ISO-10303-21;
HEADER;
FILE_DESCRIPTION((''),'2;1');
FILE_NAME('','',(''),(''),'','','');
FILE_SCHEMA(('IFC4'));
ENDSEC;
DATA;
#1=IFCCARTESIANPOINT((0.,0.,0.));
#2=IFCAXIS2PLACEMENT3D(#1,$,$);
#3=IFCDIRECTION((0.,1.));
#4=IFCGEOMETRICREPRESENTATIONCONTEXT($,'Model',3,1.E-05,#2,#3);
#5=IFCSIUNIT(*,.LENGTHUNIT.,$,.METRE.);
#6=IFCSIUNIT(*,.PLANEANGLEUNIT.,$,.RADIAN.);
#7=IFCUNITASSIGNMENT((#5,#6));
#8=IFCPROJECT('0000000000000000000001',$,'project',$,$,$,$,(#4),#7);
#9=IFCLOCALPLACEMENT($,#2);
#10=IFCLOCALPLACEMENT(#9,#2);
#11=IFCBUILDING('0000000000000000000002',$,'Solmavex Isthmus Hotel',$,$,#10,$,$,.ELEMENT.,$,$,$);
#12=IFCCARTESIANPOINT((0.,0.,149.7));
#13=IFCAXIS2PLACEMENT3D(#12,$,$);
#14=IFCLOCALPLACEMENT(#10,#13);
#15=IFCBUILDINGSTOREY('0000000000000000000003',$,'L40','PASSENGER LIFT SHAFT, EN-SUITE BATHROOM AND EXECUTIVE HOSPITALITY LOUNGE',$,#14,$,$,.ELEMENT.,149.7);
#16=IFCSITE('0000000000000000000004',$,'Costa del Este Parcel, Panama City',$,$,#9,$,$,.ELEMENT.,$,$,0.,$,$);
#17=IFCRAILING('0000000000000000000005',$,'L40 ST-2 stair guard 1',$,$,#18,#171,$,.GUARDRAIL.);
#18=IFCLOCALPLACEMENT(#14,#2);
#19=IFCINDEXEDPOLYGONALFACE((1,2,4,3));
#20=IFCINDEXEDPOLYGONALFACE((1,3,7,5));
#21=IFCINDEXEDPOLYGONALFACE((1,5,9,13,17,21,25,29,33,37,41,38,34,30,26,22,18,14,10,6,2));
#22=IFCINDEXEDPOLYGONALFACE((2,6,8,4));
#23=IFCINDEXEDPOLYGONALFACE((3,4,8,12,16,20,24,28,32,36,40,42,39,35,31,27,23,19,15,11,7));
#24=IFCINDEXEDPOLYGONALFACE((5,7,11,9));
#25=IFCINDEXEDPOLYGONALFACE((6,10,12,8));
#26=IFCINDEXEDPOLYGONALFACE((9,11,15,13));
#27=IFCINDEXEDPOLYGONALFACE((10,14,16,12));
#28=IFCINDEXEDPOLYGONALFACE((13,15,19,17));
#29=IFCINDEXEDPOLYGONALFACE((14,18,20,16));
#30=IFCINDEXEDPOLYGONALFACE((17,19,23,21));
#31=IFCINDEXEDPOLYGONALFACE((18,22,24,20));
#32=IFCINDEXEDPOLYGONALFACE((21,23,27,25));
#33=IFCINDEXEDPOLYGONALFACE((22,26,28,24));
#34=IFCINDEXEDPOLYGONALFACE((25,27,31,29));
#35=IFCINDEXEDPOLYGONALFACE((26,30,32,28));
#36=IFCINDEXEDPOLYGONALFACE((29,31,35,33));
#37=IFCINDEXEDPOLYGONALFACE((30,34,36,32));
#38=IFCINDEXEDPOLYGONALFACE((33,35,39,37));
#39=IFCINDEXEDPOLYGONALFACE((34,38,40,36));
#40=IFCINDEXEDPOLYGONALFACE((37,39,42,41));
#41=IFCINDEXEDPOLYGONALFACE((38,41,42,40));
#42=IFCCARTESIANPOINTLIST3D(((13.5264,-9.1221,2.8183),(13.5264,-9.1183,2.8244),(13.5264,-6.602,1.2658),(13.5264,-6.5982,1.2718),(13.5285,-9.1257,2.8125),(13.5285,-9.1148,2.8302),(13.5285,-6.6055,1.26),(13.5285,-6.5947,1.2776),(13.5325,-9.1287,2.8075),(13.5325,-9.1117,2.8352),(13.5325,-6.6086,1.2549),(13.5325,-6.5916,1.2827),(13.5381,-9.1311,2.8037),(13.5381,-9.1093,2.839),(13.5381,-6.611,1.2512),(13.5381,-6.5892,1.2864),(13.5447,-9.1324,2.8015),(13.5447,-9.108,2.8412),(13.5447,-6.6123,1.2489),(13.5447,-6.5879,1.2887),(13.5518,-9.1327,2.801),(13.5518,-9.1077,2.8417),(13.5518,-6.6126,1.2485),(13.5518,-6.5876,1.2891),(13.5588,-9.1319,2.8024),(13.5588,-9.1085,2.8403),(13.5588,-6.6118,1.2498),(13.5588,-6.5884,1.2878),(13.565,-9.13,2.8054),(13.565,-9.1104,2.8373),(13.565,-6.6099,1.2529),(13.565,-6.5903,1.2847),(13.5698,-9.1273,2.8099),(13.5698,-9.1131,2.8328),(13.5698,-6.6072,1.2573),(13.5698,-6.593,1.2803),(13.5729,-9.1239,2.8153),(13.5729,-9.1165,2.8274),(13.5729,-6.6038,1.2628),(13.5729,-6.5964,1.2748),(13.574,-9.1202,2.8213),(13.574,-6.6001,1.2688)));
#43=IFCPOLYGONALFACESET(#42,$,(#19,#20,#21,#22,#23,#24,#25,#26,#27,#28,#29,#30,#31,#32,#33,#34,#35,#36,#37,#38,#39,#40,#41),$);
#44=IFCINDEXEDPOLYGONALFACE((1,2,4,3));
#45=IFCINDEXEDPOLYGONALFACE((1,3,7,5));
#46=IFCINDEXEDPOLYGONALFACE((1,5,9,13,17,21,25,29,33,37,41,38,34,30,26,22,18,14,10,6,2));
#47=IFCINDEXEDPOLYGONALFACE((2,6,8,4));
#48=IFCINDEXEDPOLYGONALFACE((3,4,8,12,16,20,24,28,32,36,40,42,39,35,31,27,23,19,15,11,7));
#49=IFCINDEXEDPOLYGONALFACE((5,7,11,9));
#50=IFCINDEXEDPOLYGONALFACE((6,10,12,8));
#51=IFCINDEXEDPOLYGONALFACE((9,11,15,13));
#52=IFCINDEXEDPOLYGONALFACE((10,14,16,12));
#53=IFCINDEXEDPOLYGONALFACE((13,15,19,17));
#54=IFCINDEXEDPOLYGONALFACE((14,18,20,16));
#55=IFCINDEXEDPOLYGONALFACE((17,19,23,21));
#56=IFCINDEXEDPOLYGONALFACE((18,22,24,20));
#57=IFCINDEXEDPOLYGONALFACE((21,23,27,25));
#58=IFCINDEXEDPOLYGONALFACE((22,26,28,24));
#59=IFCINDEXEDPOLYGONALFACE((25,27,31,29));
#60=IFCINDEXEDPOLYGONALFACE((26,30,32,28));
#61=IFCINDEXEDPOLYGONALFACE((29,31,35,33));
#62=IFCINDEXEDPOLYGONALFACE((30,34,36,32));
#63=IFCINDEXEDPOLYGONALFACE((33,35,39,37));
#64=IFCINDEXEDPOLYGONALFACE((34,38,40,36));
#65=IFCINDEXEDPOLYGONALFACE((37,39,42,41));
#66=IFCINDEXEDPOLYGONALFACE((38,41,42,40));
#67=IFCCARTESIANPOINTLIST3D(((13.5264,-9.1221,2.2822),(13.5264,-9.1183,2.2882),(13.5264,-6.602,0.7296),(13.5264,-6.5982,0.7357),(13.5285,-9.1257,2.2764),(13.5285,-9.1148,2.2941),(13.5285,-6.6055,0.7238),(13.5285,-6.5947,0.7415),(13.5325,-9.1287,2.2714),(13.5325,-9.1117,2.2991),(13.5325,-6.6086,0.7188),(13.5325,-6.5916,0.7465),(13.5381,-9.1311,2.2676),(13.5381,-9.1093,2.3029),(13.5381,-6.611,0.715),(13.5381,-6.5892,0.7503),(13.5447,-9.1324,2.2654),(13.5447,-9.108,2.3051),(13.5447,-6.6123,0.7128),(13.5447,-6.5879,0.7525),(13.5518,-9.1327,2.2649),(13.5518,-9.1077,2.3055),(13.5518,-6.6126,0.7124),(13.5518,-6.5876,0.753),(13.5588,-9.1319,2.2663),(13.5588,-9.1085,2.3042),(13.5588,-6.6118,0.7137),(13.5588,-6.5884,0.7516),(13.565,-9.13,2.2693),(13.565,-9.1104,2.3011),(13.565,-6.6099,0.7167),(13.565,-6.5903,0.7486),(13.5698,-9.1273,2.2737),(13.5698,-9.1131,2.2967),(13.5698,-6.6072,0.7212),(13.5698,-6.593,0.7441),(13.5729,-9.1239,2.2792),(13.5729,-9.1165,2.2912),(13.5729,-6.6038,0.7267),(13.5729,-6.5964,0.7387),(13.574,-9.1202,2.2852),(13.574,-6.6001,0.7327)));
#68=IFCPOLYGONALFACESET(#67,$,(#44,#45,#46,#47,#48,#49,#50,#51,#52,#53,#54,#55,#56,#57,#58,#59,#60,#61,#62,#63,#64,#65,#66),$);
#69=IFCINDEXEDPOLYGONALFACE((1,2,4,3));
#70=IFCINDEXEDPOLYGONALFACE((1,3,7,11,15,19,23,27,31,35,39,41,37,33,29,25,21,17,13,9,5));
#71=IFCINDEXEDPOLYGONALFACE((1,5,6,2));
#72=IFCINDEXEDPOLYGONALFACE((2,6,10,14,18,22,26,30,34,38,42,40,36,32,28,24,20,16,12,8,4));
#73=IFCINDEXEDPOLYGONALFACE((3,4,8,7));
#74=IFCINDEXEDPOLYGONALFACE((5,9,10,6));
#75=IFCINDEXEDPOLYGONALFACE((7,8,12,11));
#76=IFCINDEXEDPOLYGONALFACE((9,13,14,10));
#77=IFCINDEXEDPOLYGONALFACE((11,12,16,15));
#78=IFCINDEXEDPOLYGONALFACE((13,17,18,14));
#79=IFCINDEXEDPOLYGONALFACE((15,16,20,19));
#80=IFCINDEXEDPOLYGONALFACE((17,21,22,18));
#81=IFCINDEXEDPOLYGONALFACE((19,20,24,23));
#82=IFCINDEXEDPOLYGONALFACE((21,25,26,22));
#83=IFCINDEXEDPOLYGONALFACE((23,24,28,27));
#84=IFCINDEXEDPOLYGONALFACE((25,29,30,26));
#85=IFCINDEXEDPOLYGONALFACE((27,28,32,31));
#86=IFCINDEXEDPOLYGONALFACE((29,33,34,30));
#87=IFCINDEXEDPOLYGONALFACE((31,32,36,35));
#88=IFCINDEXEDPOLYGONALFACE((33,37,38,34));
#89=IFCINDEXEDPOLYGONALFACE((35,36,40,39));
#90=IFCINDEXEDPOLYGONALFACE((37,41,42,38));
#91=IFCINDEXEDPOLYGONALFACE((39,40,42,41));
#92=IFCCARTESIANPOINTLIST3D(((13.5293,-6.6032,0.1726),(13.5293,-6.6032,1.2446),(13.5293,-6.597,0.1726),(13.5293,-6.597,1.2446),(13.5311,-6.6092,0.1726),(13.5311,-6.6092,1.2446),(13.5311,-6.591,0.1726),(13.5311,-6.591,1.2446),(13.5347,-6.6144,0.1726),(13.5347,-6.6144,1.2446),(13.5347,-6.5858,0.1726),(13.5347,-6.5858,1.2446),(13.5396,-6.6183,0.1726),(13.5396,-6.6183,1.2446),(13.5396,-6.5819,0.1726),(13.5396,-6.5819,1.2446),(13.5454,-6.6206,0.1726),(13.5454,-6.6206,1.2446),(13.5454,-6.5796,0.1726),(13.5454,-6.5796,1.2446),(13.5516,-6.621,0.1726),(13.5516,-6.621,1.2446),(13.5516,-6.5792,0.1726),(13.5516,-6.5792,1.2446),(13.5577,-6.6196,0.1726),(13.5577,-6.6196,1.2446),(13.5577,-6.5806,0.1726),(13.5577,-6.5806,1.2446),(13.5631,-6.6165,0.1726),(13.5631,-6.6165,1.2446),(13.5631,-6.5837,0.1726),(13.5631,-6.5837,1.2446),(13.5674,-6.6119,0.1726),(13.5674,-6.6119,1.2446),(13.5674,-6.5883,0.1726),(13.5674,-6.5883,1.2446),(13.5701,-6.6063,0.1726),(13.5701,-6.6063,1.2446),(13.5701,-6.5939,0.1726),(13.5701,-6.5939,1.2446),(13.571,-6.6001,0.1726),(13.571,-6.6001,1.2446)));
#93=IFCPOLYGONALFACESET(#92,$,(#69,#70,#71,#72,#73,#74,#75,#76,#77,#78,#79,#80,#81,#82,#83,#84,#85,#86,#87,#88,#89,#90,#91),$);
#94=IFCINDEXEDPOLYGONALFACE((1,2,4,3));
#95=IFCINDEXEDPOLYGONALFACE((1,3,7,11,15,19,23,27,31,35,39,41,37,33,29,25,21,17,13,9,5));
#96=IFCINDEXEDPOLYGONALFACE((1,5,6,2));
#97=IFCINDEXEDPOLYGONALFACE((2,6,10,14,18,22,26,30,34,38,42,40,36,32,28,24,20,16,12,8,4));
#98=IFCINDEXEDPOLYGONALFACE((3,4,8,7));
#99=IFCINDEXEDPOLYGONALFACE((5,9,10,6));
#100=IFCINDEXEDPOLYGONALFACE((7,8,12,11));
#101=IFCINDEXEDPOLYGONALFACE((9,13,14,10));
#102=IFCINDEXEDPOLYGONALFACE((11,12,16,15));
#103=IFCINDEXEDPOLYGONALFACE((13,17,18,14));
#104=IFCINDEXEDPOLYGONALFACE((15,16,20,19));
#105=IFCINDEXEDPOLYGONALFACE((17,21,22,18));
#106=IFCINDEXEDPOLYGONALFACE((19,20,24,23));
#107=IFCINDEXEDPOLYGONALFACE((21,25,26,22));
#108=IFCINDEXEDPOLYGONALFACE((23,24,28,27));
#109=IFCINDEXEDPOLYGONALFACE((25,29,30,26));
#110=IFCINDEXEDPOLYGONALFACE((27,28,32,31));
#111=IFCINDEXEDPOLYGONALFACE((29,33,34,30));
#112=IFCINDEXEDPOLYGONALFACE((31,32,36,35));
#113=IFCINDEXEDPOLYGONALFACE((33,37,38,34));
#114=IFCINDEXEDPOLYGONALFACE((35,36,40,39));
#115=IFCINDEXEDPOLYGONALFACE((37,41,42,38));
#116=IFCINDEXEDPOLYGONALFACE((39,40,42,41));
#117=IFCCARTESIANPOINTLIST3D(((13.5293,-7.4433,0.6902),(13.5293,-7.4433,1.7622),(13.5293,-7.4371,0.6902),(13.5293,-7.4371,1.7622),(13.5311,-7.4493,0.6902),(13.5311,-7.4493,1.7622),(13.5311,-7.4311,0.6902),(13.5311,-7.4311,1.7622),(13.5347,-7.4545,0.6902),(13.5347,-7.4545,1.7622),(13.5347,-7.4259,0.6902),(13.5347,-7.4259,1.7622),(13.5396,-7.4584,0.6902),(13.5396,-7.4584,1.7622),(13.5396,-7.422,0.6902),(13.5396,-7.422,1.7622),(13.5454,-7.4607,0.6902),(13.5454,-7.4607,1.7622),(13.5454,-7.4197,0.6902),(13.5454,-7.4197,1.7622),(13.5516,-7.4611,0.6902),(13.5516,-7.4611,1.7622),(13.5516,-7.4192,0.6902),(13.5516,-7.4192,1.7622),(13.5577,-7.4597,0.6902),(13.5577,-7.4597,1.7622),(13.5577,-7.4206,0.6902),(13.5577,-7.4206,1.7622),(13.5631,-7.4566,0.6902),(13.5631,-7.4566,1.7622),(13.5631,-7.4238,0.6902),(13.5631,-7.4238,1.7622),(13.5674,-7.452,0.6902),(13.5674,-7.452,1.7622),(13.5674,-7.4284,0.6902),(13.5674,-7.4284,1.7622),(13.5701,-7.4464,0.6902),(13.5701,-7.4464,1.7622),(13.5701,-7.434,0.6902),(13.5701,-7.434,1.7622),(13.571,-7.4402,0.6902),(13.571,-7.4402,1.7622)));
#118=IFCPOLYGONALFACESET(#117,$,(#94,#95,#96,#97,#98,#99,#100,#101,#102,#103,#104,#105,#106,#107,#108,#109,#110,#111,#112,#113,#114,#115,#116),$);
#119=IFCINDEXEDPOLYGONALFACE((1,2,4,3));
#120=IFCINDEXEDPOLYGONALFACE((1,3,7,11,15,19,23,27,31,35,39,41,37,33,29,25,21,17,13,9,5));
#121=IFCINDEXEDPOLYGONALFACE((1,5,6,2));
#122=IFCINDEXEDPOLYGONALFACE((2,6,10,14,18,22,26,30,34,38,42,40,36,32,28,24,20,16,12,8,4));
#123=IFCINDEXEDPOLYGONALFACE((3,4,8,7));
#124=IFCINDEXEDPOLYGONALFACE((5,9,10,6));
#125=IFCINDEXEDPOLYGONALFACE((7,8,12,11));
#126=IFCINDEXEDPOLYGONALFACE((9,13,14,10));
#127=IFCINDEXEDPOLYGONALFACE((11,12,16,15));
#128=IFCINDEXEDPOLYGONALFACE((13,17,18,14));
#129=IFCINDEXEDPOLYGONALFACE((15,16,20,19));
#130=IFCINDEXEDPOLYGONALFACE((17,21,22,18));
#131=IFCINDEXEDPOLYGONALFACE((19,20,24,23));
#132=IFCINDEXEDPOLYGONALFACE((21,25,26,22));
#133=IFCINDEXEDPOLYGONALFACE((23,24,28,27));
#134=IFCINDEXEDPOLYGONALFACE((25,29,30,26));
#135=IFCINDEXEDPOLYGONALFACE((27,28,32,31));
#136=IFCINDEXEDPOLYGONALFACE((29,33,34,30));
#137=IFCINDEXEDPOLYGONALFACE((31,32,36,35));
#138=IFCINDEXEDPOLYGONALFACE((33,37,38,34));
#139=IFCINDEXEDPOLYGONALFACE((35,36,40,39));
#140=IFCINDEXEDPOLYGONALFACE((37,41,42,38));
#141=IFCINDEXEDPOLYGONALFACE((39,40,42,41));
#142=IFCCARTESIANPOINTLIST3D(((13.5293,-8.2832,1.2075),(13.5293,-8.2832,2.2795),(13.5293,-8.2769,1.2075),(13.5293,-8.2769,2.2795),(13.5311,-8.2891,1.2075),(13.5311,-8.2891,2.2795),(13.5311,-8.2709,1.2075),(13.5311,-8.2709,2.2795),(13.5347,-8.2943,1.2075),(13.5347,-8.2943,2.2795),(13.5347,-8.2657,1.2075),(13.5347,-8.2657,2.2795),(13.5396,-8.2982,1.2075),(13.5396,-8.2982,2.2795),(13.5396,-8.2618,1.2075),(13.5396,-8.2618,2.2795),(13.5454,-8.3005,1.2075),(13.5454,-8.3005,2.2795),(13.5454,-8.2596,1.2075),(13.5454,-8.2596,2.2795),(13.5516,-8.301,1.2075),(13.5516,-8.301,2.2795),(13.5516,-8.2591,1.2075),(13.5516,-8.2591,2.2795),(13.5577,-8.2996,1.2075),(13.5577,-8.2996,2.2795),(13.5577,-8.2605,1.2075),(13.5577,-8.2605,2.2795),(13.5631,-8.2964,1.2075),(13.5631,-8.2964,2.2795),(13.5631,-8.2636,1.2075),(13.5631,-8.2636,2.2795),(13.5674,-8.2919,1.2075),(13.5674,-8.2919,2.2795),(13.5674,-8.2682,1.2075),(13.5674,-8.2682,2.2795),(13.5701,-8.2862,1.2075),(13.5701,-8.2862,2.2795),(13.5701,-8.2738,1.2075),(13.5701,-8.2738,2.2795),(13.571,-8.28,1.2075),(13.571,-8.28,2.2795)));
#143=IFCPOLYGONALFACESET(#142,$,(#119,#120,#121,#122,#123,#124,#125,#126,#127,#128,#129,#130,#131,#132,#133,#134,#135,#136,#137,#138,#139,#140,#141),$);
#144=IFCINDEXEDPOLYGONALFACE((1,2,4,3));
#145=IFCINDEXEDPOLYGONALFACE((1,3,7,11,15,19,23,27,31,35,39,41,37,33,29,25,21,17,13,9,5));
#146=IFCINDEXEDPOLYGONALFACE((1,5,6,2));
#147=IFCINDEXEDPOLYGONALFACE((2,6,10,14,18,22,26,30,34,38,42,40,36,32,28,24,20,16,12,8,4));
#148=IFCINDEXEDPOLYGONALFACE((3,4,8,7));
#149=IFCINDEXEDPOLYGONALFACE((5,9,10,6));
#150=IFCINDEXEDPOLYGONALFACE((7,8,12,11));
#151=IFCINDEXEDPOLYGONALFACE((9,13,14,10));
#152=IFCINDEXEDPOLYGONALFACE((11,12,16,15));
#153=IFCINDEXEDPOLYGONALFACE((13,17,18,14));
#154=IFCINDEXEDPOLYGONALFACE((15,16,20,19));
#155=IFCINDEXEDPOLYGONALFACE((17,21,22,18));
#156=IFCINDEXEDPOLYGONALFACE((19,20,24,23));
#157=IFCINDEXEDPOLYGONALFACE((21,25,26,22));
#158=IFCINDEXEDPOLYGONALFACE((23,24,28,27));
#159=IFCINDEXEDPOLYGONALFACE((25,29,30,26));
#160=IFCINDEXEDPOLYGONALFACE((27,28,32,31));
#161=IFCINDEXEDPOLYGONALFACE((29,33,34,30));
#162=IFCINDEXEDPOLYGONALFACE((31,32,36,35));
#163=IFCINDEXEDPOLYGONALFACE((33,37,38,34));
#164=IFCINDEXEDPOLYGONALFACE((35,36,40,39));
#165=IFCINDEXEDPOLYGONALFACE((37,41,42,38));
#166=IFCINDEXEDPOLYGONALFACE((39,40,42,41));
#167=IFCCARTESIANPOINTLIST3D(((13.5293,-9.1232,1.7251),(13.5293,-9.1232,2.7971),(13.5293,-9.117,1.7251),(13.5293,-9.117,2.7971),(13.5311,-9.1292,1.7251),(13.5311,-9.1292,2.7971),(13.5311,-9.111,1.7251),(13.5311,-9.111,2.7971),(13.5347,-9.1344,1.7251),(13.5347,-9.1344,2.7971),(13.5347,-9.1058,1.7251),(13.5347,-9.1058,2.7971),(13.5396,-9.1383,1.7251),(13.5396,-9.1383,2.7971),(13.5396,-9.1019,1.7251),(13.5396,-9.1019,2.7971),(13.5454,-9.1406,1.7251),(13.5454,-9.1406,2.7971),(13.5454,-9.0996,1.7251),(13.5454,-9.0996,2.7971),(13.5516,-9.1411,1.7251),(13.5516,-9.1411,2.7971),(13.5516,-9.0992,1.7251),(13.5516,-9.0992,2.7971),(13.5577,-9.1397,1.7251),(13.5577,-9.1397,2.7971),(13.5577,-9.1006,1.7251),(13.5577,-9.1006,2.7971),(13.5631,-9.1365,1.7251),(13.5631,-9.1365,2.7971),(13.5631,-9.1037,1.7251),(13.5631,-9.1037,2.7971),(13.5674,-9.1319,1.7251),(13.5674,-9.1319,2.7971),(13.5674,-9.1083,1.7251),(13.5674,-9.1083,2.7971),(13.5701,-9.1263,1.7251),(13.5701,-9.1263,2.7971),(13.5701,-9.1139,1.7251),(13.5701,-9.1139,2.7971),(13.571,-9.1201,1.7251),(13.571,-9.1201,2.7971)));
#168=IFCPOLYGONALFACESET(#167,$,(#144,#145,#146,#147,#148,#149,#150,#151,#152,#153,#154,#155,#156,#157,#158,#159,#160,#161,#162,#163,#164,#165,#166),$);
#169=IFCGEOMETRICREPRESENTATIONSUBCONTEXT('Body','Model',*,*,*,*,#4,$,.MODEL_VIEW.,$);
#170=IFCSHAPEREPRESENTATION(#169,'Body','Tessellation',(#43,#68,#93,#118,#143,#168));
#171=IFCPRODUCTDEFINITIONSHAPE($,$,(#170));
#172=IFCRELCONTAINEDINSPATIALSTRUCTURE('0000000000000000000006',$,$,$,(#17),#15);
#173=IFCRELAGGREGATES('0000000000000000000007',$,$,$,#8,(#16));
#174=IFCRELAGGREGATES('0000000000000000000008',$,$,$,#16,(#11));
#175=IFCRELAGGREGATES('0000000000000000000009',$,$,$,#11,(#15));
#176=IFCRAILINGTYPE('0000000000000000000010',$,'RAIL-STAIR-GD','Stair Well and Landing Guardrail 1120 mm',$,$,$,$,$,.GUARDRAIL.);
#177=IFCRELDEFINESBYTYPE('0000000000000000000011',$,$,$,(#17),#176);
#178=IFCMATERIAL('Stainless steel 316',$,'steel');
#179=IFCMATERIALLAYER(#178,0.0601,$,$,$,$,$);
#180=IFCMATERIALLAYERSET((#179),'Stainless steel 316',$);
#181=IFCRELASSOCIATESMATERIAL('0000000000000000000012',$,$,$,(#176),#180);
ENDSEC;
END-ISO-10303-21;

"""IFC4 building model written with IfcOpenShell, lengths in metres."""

from ifc_helpers import new_model, si_unit, direction, frame, origin, origin_2d, place, context, subcontext, project, spatial, circle, extrude, material, layer, layer_set, type_object, element, save


model = new_model("IFC4")

# Units and contexts
model_context = context("Model", 3, precision=1e-05, world=origin(), true_north=direction((0.0, 1.0)))
body_context = subcontext(model_context, "Body", "Model", "MODEL_VIEW")
ifc_project = project(units=[si_unit("LENGTHUNIT", "METRE"), si_unit("PLANEANGLEUNIT", "RADIAN")], contexts=[model_context])

# Site, building, storey
site_placement = place(None, origin())
site = spatial("IfcSite", under=ifc_project, at=site_placement, Name="Costa del Este Parcel, Panama City", CompositionType="ELEMENT", RefElevation=0.0)
building_placement = place(site_placement, origin())
building = spatial("IfcBuilding", under=site, at=building_placement, Name="Solmavex Isthmus Hotel", CompositionType="ELEMENT")
storey_placement = place(building_placement, frame((0.0, 0.0, 149.7)))
storey = spatial("IfcBuildingStorey", under=building, at=storey_placement, Name="L40", Description="PASSENGER LIFT SHAFT, EN-SUITE BATHROOM AND EXECUTIVE HOSPITALITY LOUNGE", CompositionType="ELEMENT", Elevation=149.7)

# Railing
ifc_material_1 = material(Name="Stainless steel 316", Category="steel")
ifc_layer_1 = layer(ifc_material_1, 0.0601)
ifc_layer_set_1 = layer_set([ifc_layer_1], Name="Stainless steel 316")
railing_type_1 = type_object("IfcRailingType", Name="RAIL-STAIR-GD", Description="Stair Well and Landing Guardrail 1120 mm", PredefinedType="GUARDRAIL", material=ifc_layer_set_1)
railing_1_placement = place(storey_placement, frame((13.55, -6.6001, 0.1726)))
element("IfcRailing", 1, at=railing_1_placement, inside=storey, type_object=railing_type_1, Name="L40 ST-2 stair guard 1", PredefinedType="GUARDRAIL", context=body_context, shape_type="SweptSolid", body=[
    extrude(circle(Radius=0.0239, at=origin_2d()), frame((0.0, 0.0, 1.0962), z_axis=(0.0, -0.8514, 0.524516), x_axis=(1.0, 0.0, 0.0)), (0.0, 0.0, 1.0), 2.96),
    extrude(circle(Radius=0.0239, at=origin_2d()), frame((0.0, 0.0, 0.5601), z_axis=(0.0, -0.8514, 0.524516), x_axis=(1.0, 0.0, 0.0)), (0.0, 0.0, 1.0), 2.96),
    extrude(circle(Radius=0.021, at=origin_2d()), origin(), (0.0, 0.0, 1.0), 1.072),
    extrude(circle(Radius=0.021, at=origin_2d()), frame((0.0, -0.8401, 0.5176)), (0.0, 0.0, 1.0), 1.072),
    extrude(circle(Radius=0.021, at=origin_2d()), frame((0.0, -1.6799, 1.0349)), (0.0, 0.0, 1.0), 1.072),
    extrude(circle(Radius=0.021, at=origin_2d()), frame((0.0, -2.52, 1.5525)), (0.0, 0.0, 1.0), 1.072),
])

save(model, "model.ifc")
